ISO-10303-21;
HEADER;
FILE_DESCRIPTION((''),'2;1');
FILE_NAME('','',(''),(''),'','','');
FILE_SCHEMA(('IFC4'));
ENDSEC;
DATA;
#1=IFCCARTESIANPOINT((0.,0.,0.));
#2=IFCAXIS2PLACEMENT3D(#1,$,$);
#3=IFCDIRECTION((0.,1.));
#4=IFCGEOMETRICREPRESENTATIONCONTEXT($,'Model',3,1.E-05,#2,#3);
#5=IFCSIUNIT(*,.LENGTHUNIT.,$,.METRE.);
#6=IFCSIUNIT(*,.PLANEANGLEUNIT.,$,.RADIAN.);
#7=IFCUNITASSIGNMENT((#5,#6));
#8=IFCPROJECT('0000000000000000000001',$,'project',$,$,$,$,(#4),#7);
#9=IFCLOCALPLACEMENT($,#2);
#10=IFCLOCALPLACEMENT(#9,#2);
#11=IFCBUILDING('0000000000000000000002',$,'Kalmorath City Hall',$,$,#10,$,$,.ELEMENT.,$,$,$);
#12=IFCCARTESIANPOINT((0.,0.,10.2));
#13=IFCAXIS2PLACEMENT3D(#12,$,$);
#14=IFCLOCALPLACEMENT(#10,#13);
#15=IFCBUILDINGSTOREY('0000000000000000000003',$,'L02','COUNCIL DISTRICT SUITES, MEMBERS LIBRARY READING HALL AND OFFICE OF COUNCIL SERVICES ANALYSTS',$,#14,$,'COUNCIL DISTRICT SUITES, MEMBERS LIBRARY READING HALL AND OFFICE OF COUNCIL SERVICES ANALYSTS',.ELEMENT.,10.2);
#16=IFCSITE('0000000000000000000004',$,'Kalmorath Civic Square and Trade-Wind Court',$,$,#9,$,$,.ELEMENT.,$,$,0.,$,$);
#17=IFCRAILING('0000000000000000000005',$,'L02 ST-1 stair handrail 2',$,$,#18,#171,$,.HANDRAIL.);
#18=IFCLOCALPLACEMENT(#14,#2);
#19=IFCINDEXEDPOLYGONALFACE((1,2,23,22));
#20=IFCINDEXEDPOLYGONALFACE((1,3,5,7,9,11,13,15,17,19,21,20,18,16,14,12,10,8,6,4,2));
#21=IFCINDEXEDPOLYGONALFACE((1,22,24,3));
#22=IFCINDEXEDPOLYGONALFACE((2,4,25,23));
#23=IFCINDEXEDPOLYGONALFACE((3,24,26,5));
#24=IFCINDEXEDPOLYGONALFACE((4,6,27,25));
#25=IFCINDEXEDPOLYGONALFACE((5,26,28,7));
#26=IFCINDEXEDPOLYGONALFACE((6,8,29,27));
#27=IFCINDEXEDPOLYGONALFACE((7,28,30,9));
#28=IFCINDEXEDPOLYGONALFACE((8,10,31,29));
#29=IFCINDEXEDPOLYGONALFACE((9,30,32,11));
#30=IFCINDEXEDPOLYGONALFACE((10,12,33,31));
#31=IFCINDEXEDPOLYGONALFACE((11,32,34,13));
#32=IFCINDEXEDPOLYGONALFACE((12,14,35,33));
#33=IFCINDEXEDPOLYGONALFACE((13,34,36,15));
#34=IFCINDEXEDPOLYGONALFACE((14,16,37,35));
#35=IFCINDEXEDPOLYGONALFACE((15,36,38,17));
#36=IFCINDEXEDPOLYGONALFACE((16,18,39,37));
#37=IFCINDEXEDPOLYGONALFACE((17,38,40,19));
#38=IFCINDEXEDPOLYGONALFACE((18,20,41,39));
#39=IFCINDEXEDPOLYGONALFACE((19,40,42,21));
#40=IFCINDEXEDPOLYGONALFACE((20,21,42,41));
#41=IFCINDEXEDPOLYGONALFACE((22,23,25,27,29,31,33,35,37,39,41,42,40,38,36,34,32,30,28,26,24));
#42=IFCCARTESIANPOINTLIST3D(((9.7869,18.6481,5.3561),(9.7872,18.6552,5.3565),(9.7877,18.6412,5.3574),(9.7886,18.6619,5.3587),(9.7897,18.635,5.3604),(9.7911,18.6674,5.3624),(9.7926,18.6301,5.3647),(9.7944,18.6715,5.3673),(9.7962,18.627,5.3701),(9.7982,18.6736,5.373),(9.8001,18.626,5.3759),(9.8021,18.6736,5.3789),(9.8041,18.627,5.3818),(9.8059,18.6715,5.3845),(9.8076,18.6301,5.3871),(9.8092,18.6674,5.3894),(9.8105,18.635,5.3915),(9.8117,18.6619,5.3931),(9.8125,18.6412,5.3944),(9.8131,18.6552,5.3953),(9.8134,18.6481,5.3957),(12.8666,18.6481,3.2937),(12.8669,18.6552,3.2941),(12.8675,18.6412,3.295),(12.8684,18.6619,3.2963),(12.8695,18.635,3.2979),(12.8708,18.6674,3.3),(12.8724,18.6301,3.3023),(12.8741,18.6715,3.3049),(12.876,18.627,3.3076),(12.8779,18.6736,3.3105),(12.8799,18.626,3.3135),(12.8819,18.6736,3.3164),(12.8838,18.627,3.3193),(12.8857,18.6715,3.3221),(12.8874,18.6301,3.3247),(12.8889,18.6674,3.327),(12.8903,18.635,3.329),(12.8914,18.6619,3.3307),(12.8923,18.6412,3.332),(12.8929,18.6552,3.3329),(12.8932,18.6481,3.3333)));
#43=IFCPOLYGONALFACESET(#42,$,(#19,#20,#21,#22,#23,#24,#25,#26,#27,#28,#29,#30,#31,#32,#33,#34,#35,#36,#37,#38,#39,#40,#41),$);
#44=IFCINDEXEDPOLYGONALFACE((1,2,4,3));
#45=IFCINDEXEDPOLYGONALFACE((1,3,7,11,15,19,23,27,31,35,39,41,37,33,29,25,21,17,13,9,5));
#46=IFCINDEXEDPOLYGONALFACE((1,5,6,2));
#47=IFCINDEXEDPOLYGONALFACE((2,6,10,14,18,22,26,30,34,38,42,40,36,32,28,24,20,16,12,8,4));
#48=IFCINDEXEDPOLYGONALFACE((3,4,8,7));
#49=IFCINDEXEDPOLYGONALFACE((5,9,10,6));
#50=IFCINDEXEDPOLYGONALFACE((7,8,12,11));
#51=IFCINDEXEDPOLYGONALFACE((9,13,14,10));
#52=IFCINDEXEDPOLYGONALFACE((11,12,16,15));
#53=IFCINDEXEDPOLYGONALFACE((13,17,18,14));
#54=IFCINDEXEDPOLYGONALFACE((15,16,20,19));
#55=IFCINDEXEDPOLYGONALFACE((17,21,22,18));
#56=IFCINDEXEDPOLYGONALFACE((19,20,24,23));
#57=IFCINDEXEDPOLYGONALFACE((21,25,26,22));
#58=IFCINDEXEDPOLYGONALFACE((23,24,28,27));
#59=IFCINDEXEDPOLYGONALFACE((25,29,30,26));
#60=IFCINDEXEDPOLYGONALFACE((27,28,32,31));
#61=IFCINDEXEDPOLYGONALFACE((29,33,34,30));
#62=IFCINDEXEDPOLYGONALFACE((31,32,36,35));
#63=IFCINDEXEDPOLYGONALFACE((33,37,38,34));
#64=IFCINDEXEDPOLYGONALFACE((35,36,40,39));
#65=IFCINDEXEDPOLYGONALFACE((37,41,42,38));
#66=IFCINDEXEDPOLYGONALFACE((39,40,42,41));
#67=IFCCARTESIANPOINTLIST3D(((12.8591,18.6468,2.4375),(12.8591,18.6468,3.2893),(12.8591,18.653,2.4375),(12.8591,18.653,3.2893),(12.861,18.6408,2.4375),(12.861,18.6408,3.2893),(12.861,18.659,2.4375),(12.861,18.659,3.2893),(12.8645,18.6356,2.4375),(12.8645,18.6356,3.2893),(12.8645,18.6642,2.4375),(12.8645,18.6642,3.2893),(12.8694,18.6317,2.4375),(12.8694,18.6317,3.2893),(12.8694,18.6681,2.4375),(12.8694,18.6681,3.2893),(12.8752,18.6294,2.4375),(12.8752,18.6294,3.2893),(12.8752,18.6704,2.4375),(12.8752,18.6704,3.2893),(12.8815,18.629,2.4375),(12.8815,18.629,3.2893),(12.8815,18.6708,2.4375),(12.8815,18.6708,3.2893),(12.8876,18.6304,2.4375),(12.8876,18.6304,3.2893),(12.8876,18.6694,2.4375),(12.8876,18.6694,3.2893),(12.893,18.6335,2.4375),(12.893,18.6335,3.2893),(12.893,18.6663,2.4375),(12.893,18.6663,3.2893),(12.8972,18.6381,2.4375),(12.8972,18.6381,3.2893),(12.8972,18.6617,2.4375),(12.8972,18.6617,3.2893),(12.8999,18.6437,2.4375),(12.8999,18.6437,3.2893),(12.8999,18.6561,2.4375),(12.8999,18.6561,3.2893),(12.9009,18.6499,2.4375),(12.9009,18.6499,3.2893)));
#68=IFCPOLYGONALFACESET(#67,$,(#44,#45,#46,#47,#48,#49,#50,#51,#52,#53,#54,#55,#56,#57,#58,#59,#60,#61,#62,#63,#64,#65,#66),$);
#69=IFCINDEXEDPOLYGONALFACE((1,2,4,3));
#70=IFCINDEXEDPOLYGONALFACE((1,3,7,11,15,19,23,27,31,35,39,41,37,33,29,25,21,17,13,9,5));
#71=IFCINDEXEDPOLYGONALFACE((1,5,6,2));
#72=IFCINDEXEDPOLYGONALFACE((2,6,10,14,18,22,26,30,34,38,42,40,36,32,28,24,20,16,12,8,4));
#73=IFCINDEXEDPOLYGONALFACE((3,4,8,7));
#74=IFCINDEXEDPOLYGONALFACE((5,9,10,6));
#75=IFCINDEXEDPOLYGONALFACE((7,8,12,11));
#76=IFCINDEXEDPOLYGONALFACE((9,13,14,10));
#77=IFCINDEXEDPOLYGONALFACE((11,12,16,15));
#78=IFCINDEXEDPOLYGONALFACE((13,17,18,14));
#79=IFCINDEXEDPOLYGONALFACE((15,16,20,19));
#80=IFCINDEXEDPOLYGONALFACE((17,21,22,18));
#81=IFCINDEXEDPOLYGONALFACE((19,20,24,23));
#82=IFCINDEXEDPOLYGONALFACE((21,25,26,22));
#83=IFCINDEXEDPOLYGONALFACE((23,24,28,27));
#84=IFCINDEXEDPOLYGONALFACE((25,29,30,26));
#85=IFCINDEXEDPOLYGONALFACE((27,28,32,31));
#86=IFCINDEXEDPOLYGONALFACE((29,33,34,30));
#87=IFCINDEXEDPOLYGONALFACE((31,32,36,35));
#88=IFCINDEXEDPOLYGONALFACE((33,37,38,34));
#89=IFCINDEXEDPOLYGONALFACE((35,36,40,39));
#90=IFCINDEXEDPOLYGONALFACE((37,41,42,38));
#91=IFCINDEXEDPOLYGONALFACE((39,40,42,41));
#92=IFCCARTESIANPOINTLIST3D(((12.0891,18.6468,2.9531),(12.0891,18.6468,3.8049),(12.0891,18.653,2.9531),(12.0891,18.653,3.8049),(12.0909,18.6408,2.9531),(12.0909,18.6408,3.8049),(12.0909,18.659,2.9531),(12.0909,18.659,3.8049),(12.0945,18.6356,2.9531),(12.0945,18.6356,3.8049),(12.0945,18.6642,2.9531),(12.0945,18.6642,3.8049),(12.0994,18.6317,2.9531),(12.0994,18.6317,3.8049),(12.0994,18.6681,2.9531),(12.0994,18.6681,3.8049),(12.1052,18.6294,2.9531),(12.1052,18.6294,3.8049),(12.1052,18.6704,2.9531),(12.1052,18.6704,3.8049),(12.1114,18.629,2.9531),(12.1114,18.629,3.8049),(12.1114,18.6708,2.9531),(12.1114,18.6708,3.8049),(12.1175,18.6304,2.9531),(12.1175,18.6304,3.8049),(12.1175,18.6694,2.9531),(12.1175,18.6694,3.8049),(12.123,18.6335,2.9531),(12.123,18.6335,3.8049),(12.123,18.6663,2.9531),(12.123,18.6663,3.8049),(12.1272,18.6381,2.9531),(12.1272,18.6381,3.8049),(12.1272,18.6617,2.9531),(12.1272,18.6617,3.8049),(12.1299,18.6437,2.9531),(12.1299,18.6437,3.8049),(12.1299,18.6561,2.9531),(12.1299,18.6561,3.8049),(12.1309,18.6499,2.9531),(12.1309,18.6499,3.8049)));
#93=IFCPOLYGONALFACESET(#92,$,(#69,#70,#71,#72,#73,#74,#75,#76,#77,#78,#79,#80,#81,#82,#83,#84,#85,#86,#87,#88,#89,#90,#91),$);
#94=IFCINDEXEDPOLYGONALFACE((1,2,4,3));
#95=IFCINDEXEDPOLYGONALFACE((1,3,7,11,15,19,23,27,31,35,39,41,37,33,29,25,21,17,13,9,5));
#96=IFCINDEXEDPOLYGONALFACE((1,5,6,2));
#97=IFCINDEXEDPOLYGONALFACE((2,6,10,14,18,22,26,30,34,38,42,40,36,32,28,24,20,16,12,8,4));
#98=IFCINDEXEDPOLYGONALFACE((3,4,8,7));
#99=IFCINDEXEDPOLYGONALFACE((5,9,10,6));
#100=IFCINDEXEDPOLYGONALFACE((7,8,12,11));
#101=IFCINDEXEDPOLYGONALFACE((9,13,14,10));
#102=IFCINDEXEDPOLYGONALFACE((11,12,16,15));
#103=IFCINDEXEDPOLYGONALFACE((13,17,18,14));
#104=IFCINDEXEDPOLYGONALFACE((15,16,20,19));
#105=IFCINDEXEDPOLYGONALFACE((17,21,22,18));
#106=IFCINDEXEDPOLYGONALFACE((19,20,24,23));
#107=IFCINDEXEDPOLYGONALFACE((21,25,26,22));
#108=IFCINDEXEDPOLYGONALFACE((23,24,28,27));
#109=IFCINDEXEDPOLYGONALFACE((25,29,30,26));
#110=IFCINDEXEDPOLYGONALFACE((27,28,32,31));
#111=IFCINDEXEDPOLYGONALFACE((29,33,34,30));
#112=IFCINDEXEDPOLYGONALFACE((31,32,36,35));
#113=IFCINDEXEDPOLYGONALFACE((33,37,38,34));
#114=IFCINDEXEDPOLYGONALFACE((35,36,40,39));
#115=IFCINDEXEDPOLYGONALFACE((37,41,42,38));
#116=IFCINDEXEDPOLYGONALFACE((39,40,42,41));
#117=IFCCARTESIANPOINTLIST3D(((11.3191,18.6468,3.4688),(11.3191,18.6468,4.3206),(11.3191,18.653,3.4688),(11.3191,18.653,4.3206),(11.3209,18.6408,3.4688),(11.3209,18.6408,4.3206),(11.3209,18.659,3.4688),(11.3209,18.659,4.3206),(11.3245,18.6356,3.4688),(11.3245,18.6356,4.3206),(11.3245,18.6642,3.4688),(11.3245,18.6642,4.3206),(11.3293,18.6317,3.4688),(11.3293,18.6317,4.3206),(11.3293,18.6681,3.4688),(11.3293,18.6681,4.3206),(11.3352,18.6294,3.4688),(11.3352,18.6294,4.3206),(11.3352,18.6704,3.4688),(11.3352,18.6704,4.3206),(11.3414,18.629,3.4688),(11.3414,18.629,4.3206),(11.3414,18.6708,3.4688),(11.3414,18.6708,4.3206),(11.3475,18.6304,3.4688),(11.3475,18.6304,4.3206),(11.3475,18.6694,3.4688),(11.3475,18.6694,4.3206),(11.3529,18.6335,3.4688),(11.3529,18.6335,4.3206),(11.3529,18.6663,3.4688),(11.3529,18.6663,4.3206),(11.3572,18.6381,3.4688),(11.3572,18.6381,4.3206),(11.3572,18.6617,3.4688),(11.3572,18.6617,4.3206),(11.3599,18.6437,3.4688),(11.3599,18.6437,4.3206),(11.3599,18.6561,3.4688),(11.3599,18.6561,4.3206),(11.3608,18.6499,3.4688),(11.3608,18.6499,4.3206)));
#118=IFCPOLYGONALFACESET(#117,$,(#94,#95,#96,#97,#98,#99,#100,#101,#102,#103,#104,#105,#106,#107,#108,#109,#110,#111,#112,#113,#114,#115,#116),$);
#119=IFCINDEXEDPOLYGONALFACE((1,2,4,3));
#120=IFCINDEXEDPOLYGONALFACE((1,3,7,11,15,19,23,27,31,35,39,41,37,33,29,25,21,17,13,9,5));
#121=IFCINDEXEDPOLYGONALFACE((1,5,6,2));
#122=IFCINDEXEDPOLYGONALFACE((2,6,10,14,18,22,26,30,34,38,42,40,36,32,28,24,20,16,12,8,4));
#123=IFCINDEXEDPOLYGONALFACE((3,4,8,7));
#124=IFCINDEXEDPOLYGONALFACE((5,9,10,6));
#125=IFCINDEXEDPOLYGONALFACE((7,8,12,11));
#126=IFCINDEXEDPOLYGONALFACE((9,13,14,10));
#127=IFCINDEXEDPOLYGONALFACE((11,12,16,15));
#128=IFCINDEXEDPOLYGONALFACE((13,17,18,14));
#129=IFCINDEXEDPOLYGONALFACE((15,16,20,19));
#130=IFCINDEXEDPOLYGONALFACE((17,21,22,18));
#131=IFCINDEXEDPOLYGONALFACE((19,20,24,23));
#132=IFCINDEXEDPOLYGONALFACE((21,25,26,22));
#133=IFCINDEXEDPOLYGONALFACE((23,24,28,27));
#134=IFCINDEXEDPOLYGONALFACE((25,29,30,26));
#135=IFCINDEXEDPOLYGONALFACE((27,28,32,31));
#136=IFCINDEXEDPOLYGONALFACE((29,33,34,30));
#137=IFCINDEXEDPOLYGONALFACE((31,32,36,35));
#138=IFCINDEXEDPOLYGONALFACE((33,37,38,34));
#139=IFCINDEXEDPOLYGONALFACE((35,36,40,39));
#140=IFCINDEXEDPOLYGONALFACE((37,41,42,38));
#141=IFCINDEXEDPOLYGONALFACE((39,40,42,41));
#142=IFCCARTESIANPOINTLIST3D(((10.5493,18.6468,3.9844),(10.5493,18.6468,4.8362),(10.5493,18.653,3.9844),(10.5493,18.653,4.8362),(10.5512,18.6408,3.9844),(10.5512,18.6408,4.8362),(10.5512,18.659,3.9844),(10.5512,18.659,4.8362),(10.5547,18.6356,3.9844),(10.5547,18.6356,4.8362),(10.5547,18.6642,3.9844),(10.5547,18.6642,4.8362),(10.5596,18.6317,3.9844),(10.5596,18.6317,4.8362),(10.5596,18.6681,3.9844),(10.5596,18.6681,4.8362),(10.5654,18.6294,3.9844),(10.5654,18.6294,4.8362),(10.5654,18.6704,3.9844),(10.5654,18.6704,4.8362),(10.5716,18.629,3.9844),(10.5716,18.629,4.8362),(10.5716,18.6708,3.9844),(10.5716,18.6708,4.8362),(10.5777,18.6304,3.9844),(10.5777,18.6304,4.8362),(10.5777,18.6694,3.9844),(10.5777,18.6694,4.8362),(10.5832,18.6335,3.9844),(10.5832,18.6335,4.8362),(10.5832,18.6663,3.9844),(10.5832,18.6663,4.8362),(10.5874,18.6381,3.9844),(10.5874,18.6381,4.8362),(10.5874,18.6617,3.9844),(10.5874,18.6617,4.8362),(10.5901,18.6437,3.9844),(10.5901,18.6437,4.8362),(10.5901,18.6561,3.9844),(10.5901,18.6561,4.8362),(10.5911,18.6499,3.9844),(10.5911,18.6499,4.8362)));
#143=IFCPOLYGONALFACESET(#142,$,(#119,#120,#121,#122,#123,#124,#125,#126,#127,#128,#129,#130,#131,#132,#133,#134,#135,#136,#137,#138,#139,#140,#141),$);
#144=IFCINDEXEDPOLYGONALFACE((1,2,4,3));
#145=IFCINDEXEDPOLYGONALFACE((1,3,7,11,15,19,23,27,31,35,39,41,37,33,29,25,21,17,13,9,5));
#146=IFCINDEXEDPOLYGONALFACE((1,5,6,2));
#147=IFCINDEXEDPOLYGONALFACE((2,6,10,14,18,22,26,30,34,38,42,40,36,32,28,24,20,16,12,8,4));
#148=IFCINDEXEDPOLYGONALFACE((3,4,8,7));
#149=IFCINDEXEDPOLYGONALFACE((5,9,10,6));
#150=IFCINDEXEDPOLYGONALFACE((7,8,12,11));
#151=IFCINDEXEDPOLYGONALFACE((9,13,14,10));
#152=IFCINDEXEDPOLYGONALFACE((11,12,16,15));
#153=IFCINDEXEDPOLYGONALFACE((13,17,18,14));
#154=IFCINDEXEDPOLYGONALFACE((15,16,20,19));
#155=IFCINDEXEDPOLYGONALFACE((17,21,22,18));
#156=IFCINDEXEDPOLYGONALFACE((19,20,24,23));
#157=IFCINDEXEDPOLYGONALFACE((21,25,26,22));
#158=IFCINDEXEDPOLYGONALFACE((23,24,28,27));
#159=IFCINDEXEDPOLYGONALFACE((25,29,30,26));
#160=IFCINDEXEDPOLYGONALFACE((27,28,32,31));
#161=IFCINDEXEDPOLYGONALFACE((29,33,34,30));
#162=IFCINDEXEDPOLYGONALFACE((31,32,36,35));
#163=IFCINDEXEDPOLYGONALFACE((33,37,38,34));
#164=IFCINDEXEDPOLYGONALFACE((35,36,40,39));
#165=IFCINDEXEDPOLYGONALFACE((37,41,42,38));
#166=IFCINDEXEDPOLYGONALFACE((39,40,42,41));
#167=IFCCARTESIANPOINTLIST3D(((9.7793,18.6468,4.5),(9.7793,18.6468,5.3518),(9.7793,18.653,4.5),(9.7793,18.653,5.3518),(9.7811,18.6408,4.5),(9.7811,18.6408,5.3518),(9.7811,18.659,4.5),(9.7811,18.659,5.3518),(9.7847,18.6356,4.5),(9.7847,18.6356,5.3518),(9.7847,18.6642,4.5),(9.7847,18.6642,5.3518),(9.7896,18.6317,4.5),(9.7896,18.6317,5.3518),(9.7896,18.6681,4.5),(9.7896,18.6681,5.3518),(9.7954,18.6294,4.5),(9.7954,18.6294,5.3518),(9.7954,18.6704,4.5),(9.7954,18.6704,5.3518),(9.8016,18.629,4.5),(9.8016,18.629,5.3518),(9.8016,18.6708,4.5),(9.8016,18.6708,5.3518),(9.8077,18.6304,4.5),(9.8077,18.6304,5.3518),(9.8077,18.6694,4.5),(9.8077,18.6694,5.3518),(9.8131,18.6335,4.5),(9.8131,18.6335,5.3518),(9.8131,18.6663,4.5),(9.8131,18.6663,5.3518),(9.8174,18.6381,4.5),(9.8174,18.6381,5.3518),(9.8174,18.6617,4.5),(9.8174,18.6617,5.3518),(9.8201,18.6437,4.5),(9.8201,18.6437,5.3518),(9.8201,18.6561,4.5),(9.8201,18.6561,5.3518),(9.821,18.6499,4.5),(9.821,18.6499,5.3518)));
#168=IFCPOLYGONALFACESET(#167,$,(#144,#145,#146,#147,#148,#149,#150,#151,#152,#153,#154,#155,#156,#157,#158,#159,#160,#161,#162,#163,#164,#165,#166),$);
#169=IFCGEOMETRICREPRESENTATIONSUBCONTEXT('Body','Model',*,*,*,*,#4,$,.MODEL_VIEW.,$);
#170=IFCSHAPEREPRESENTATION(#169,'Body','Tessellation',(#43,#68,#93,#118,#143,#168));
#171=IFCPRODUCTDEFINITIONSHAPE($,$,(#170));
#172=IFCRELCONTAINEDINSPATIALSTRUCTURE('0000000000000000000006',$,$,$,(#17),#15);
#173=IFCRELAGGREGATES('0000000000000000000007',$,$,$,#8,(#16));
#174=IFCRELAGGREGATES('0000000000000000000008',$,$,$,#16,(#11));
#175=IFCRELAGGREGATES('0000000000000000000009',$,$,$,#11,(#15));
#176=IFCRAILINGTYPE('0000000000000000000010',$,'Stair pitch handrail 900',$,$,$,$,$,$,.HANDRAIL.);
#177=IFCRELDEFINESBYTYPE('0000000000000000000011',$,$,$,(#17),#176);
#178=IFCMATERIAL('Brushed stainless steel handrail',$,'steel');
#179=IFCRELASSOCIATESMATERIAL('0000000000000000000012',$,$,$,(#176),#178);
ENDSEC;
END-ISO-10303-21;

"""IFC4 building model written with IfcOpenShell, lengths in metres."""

from ifc_helpers import new_model, si_unit, direction, frame, origin, origin_2d, place, context, subcontext, project, spatial, circle, extrude, material, type_object, element, save


model = new_model("IFC4")

# Units and contexts
model_context = context("Model", 3, precision=1e-05, world=origin(), true_north=direction((0.0, 1.0)))
body_context = subcontext(model_context, "Body", "Model", "MODEL_VIEW")
ifc_project = project(units=[si_unit("LENGTHUNIT", "METRE"), si_unit("PLANEANGLEUNIT", "RADIAN")], contexts=[model_context])

# Site, building, storey
site_placement = place(None, origin())
site = spatial("IfcSite", under=ifc_project, at=site_placement, Name="Kalmorath Civic Square and Trade-Wind Court", CompositionType="ELEMENT", RefElevation=0.0)
building_placement = place(site_placement, origin())
building = spatial("IfcBuilding", under=site, at=building_placement, Name="Kalmorath City Hall", CompositionType="ELEMENT")
storey_placement = place(building_placement, frame((0.0, 0.0, 10.2)))
storey = spatial("IfcBuildingStorey", under=building, at=storey_placement, Name="L02", Description="COUNCIL DISTRICT SUITES, MEMBERS LIBRARY READING HALL AND OFFICE OF COUNCIL SERVICES ANALYSTS", LongName="COUNCIL DISTRICT SUITES, MEMBERS LIBRARY READING HALL AND OFFICE OF COUNCIL SERVICES ANALYSTS", CompositionType="ELEMENT", Elevation=10.2)

# Railing
ifc_material_1 = material(Name="Brushed stainless steel handrail", Category="steel")
railing_type_1 = type_object("IfcRailingType", Name="Stair pitch handrail 900", PredefinedType="HANDRAIL", material=ifc_material_1)
railing_1_placement = place(storey_placement, frame((12.8799, 18.6499, 2.4375)))
element("IfcRailing", 1, at=railing_1_placement, inside=storey, type_object=railing_type_1, Name="L02 ST-1 stair handrail 2", PredefinedType="HANDRAIL", context=body_context, shape_type="SweptSolid", body=[
    extrude(circle(Radius=0.0239, at=origin_2d()), frame((0.0, 0.0, 0.876), z_axis=(-0.830893, 0.0, 0.556432), x_axis=(0.0, -1.0, 0.0)), (0.0, 0.0, 1.0), 3.7065),
    extrude(circle(Radius=0.021, at=origin_2d()), origin(), (0.0, 0.0, 1.0), 0.8518),
    extrude(circle(Radius=0.021, at=origin_2d()), frame((-0.77, 0.0, 0.5156)), (0.0, 0.0, 1.0), 0.8518),
    extrude(circle(Radius=0.021, at=origin_2d()), frame((-1.54, 0.0, 1.0312)), (0.0, 0.0, 1.0), 0.8518),
    extrude(circle(Radius=0.021, at=origin_2d()), frame((-2.3098, 0.0, 1.5469)), (0.0, 0.0, 1.0), 0.8518),
    extrude(circle(Radius=0.021, at=origin_2d()), frame((-3.0798, 0.0, 2.0625)), (0.0, 0.0, 1.0), 0.8518),
])

save(model, "model.ifc")
